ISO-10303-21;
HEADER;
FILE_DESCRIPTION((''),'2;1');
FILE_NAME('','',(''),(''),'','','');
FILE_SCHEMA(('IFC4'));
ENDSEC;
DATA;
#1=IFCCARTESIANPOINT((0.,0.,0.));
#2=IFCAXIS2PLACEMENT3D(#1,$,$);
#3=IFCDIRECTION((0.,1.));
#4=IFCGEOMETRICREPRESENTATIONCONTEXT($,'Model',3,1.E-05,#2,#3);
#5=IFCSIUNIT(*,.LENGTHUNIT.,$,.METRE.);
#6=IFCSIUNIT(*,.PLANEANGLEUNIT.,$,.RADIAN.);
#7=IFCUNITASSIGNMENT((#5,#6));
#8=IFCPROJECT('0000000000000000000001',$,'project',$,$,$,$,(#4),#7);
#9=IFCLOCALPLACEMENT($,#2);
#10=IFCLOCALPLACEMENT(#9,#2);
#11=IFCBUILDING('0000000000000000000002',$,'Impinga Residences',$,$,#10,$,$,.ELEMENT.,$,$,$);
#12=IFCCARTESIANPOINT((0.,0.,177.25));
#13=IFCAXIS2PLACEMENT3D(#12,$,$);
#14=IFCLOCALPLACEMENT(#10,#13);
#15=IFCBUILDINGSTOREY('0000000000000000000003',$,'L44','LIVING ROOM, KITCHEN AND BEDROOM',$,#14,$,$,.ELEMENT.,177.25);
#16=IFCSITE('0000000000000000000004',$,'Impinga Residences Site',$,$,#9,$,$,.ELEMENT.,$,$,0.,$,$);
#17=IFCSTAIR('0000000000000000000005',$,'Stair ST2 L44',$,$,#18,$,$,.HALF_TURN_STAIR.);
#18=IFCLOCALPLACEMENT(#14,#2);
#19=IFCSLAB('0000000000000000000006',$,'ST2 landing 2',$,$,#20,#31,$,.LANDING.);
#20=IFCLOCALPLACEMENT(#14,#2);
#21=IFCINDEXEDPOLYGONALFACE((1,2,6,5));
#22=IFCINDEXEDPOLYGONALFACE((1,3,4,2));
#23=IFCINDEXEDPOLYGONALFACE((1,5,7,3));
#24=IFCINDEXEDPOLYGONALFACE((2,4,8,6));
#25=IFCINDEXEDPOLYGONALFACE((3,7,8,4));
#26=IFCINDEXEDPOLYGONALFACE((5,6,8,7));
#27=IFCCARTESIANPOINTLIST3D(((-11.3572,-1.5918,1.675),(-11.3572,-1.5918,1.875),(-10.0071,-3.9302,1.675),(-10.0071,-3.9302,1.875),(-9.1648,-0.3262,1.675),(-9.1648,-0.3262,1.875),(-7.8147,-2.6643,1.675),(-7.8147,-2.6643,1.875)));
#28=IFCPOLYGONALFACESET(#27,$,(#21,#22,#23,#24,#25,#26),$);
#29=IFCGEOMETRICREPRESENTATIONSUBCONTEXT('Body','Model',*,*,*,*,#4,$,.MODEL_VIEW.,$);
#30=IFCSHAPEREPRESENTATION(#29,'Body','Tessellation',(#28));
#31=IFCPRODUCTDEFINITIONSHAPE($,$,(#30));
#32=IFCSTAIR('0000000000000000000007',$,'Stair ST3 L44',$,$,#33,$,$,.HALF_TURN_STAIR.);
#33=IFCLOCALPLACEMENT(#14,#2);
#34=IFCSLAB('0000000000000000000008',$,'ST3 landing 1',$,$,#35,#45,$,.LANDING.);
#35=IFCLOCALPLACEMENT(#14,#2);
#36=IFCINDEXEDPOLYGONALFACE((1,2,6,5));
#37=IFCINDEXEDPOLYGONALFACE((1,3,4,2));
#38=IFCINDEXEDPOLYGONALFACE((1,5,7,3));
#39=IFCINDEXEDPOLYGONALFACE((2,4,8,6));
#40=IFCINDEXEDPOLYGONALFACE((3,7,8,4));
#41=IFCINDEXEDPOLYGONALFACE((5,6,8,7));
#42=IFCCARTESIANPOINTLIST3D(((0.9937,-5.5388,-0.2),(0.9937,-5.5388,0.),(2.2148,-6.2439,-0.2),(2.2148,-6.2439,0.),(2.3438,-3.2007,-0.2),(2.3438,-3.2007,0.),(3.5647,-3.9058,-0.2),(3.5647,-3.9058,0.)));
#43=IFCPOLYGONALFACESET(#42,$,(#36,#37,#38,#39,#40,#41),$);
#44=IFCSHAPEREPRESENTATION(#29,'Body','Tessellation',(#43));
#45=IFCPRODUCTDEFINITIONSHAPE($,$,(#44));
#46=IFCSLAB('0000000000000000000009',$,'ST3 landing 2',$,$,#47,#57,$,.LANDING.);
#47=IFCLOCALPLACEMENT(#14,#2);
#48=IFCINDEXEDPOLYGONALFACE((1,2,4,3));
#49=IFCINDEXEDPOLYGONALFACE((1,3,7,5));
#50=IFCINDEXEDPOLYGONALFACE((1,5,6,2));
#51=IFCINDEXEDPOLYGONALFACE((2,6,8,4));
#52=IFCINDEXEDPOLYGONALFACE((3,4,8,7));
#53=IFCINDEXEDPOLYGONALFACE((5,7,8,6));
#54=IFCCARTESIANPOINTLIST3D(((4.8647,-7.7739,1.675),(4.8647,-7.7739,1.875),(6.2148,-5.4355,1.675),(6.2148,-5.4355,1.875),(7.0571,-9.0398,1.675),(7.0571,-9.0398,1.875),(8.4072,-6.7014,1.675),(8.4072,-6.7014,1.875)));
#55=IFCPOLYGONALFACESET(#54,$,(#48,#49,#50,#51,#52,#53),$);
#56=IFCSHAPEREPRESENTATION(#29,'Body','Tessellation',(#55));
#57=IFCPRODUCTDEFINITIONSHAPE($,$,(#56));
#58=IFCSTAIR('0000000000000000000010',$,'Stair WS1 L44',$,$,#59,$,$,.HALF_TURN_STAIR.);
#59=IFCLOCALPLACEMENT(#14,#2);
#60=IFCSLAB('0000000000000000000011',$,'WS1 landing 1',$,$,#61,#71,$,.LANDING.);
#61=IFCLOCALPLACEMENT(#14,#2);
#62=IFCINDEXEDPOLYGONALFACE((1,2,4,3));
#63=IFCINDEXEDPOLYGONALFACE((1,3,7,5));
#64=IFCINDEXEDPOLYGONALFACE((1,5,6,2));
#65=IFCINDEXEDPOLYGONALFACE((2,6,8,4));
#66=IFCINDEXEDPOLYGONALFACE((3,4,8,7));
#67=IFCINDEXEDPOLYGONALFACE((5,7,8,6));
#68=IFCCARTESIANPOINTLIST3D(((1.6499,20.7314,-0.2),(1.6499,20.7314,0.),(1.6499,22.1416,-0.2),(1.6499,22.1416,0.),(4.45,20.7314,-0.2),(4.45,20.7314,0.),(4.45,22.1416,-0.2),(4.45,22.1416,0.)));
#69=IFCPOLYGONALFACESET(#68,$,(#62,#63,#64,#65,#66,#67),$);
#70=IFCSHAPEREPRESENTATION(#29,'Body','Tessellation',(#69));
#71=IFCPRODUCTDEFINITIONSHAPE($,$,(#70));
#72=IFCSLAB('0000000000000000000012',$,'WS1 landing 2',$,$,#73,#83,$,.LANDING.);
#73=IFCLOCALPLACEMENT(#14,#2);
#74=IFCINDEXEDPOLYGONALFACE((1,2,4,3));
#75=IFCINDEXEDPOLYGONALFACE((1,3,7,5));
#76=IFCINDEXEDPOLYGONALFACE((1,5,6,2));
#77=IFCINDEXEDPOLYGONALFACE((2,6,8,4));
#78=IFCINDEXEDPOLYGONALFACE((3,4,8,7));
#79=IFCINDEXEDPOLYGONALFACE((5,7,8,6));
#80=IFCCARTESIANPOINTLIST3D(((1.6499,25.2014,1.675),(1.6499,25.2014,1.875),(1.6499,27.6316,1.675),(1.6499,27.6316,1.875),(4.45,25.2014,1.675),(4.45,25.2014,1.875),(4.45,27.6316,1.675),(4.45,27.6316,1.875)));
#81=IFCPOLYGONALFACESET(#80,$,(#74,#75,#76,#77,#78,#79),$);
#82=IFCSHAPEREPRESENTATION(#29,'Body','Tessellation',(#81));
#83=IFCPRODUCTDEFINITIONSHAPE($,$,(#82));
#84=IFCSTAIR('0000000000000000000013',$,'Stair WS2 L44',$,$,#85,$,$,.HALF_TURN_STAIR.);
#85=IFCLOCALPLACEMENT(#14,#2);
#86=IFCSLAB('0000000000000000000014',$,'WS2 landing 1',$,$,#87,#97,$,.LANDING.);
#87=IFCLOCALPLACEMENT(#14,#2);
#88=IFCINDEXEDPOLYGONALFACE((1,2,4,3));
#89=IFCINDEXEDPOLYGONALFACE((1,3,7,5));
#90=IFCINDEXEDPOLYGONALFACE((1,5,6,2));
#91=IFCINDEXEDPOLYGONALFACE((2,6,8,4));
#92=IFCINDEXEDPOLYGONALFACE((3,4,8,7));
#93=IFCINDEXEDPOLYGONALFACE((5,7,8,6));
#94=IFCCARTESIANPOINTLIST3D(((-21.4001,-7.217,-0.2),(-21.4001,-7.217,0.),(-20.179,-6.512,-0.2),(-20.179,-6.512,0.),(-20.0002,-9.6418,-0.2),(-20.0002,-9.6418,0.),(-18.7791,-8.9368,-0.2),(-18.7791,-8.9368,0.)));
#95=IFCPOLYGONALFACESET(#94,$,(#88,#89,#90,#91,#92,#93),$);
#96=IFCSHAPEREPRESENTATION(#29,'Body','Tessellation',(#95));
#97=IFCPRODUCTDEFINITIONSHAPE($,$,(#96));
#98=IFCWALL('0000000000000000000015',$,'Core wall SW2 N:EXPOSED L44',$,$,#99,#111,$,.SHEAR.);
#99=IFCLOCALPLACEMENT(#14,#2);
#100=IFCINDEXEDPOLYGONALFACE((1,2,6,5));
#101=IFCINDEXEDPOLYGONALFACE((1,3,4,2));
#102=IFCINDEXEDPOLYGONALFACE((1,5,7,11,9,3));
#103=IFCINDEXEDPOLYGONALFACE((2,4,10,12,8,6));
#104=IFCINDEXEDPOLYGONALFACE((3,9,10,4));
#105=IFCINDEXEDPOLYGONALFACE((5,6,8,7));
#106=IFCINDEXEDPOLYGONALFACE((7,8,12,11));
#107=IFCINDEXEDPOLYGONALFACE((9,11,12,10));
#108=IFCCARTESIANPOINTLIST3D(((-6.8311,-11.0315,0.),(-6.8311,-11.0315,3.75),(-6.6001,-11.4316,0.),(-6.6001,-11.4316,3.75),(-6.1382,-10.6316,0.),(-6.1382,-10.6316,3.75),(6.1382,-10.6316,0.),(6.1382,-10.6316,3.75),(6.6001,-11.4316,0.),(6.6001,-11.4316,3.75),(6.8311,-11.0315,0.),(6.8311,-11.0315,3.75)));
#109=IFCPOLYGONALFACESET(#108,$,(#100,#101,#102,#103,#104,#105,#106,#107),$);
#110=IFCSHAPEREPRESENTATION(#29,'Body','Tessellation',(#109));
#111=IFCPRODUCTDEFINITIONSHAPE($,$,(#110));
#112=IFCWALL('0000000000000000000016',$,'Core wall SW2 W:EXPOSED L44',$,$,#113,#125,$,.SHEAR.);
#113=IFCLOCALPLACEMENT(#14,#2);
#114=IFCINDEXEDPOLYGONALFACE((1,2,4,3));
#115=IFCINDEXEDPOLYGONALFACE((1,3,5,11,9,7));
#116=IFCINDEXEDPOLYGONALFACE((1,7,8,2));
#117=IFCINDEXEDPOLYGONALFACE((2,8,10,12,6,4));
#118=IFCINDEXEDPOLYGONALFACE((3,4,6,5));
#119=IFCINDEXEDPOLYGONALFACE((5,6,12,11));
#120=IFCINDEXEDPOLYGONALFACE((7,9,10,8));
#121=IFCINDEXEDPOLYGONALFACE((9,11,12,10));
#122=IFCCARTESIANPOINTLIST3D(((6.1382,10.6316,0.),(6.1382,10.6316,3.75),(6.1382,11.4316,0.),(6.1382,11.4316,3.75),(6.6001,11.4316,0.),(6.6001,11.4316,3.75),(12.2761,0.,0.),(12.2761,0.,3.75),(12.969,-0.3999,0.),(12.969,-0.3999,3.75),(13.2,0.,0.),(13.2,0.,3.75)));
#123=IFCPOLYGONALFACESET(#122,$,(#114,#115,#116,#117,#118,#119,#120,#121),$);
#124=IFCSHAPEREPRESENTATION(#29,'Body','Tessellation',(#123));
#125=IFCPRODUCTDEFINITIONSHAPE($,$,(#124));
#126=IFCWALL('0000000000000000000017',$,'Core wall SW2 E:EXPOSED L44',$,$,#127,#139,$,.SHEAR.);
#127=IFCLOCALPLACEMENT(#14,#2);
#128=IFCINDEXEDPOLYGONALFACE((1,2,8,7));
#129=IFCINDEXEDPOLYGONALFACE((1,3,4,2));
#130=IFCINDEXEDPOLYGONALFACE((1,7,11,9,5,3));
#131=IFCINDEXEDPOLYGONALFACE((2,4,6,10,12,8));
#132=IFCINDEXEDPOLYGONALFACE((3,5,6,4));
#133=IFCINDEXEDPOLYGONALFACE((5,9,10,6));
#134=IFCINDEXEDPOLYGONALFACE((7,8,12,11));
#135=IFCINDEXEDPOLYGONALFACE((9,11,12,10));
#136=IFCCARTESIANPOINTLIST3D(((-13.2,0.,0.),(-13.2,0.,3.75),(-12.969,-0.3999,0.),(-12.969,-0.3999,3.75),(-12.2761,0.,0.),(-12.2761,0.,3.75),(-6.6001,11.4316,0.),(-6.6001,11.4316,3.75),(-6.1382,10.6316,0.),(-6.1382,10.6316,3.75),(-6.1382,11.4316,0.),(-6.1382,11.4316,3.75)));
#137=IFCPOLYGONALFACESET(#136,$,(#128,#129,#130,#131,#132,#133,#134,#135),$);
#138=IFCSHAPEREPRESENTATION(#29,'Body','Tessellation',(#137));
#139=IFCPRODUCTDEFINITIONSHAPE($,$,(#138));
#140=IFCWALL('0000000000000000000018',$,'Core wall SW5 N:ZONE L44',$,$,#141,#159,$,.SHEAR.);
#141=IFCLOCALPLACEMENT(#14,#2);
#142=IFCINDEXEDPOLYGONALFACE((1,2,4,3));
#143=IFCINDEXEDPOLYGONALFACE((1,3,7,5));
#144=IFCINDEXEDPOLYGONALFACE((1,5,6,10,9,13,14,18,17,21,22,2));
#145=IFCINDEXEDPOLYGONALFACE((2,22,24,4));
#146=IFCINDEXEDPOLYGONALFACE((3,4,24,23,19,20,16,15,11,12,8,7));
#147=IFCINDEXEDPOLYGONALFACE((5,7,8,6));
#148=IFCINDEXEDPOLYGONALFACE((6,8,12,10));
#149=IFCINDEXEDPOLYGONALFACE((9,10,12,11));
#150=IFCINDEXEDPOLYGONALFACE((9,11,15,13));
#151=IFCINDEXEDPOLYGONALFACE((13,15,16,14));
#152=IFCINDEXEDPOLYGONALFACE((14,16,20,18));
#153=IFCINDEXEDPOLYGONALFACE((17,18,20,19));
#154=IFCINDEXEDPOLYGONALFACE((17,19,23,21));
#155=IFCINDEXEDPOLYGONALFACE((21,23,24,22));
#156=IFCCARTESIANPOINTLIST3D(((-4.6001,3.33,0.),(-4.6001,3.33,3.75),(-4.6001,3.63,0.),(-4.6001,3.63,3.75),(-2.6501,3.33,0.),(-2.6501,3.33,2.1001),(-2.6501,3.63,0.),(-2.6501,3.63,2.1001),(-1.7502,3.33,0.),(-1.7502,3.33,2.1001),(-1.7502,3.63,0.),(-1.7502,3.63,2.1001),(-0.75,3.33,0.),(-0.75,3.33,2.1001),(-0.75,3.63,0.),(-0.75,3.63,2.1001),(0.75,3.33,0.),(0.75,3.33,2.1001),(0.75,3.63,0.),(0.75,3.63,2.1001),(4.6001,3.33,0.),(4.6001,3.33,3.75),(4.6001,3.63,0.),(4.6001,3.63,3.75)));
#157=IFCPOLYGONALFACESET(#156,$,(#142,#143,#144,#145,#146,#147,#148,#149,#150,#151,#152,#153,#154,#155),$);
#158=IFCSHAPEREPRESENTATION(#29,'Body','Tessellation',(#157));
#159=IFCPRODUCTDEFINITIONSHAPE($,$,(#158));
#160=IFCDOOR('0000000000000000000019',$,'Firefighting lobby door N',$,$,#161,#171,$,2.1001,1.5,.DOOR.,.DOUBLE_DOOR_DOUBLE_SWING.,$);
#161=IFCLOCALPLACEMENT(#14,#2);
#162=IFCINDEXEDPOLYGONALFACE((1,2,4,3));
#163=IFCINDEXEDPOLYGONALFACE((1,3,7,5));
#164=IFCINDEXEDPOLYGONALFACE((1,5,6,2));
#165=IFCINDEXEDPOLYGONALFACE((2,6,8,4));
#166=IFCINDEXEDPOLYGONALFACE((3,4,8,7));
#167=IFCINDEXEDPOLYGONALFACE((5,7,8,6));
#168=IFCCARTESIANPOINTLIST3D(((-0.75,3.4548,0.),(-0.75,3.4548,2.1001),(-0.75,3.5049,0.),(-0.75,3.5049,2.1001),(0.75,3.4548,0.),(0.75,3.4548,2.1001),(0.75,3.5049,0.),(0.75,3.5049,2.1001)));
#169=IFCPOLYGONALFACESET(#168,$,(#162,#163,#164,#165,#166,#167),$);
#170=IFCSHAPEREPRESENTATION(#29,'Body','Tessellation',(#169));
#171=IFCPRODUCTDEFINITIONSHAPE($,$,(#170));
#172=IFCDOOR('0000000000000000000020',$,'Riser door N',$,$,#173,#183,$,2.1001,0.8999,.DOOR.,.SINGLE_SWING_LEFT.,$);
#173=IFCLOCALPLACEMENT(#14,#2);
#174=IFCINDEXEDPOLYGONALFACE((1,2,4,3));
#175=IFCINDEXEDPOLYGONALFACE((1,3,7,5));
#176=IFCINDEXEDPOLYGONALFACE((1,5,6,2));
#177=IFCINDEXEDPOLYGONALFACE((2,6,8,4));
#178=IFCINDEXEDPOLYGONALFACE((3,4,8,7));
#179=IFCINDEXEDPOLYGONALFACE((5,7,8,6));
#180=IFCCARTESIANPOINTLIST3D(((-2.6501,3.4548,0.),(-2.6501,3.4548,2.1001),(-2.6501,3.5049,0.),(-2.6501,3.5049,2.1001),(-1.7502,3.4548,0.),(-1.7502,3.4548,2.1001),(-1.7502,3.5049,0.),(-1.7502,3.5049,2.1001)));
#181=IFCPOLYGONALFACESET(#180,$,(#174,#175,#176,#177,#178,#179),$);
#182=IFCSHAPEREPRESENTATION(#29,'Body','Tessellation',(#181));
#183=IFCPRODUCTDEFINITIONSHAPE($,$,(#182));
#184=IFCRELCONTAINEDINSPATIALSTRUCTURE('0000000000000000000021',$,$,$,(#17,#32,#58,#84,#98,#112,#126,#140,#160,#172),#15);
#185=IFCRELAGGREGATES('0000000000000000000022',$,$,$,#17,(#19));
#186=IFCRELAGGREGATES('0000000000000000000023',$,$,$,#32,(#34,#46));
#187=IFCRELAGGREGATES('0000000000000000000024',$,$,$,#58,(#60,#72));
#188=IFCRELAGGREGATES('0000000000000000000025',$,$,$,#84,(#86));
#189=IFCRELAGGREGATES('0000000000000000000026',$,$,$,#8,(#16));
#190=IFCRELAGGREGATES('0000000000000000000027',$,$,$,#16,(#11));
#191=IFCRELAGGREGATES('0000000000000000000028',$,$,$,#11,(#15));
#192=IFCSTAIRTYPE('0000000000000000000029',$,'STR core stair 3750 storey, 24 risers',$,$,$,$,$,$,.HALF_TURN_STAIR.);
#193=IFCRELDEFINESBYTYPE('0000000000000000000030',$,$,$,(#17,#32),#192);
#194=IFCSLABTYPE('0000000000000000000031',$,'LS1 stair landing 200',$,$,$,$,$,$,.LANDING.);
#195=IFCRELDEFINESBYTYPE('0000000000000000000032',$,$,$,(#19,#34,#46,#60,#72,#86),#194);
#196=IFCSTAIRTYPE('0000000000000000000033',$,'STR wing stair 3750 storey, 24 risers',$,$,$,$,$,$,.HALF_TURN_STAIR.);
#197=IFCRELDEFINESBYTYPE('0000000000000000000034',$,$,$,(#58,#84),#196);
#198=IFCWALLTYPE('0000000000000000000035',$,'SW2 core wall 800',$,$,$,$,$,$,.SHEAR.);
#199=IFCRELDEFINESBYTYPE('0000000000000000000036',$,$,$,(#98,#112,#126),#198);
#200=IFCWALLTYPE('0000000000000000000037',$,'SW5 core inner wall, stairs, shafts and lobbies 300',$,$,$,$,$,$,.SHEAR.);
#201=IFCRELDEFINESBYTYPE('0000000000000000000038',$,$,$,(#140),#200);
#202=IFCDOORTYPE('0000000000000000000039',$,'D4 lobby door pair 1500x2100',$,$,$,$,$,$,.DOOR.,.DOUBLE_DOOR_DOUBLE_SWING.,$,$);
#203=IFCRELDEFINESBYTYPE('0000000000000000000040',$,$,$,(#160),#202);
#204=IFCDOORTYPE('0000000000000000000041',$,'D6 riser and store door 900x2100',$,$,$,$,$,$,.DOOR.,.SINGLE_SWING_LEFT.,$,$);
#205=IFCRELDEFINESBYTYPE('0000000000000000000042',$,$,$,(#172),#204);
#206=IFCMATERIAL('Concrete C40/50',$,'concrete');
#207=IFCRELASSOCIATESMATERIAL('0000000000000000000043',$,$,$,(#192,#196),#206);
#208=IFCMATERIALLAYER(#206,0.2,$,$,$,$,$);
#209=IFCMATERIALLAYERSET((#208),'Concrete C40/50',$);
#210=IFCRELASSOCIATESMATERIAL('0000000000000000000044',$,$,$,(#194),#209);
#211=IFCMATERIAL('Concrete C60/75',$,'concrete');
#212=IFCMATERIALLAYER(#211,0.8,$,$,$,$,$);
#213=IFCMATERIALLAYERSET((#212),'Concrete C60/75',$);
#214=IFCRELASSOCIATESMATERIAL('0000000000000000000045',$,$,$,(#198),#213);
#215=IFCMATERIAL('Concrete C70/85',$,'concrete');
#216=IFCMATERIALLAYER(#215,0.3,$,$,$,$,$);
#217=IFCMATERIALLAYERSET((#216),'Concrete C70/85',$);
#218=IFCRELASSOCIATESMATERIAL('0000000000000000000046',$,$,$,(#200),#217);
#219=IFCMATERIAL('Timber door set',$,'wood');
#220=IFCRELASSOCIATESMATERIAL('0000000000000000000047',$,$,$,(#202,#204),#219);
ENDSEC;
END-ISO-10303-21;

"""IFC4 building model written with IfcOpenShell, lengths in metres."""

from ifc_helpers import new_model, si_unit, direction, frame, frame_2d, origin, place, context, subcontext, project, spatial, polyline, rectangle, outline, extrude, material, layer, layer_set, type_object, element, fill, aggregate, save


model = new_model("IFC4")

# Units and contexts
model_context = context("Model", 3, precision=1e-05, world=origin(), true_north=direction((0.0, 1.0)))
body_context = subcontext(model_context, "Body", "Model", "MODEL_VIEW")
ifc_project = project(units=[si_unit("LENGTHUNIT", "METRE"), si_unit("PLANEANGLEUNIT", "RADIAN")], contexts=[model_context])

# Site, building, storey
site_placement = place(None, origin())
site = spatial("IfcSite", under=ifc_project, at=site_placement, Name="Impinga Residences Site", CompositionType="ELEMENT", RefElevation=0.0)
building_placement = place(site_placement, origin())
building = spatial("IfcBuilding", under=site, at=building_placement, Name="Impinga Residences", CompositionType="ELEMENT")
storey_placement = place(building_placement, frame((0.0, 0.0, 177.25)))
storey = spatial("IfcBuildingStorey", under=building, at=storey_placement, Name="L44", Description="LIVING ROOM, KITCHEN AND BEDROOM", CompositionType="ELEMENT", Elevation=177.25)

# Shared definitions
ifc_material_1 = material(Name="Concrete C60/75", Category="concrete")

# Stairs, slabs
ifc_material_2 = material(Name="Concrete C40/50", Category="concrete")
stair_type_1 = type_object("IfcStairType", Name="STR core stair 3750 storey, 24 risers", PredefinedType="HALF_TURN_STAIR", material=ifc_material_2)
ifc_layer_1 = layer(ifc_material_2, 0.2)
ifc_layer_set_1 = layer_set([ifc_layer_1], Name="Concrete C40/50")
slab_type_1 = type_object("IfcSlabType", Name="LS1 stair landing 200", PredefinedType="LANDING", material=ifc_layer_set_1)
stair_1_placement = place(storey_placement, origin())
stair_1 = element("IfcStair", 1, at=stair_1_placement, inside=storey, type_object=stair_type_1, Name="Stair ST2 L44", PredefinedType="HALF_TURN_STAIR")
slab_1_placement = place(storey_placement, frame((0.0, 0.0, 1.675)))
slab_1 = element("IfcSlab", 2, at=slab_1_placement, type_object=slab_type_1, Name="ST2 landing 2", PredefinedType="LANDING", context=body_context, shape_type="SweptSolid", body=[
    extrude(outline(polyline([(-7.8147, -2.6643), (-9.1648, -0.3262), (-11.3572, -1.5918), (-10.0071, -3.9302), (-7.8147, -2.6643)])), origin(), (0.0, 0.0, 1.0), 0.2),
])
aggregate(stair_1, [slab_1])
stair_2_placement = place(storey_placement, origin())
stair_2 = element("IfcStair", 3, at=stair_2_placement, inside=storey, type_object=stair_type_1, Name="Stair ST3 L44", PredefinedType="HALF_TURN_STAIR")
slab_2_placement = place(storey_placement, frame((0.0, 0.0, -0.2)))
slab_2 = element("IfcSlab", 4, at=slab_2_placement, type_object=slab_type_1, Name="ST3 landing 1", PredefinedType="LANDING", context=body_context, shape_type="SweptSolid", body=[
    extrude(outline(polyline([(2.3438, -3.2007), (0.9937, -5.5388), (2.2148, -6.2439), (3.5647, -3.9058), (2.3438, -3.2007)])), origin(), (0.0, 0.0, 1.0), 0.2),
])
slab_3_placement = place(storey_placement, frame((0.0, 0.0, 1.675)))
slab_3 = element("IfcSlab", 5, at=slab_3_placement, type_object=slab_type_1, Name="ST3 landing 2", PredefinedType="LANDING", context=body_context, shape_type="SweptSolid", body=[
    extrude(outline(polyline([(6.2148, -5.4355), (4.8647, -7.7739), (7.0571, -9.0398), (8.4072, -6.7014), (6.2148, -5.4355)])), origin(), (0.0, 0.0, 1.0), 0.2),
])
aggregate(stair_2, [slab_2, slab_3])
stair_type_2 = type_object("IfcStairType", Name="STR wing stair 3750 storey, 24 risers", PredefinedType="HALF_TURN_STAIR", material=ifc_material_2)
stair_3_placement = place(storey_placement, origin())
stair_3 = element("IfcStair", 6, at=stair_3_placement, inside=storey, type_object=stair_type_2, Name="Stair WS1 L44", PredefinedType="HALF_TURN_STAIR")
slab_4_placement = place(storey_placement, frame((0.0, 0.0, -0.2)))
slab_4 = element("IfcSlab", 7, at=slab_4_placement, type_object=slab_type_1, Name="WS1 landing 1", PredefinedType="LANDING", context=body_context, shape_type="SweptSolid", body=[
    extrude(outline(polyline([(1.6499, 20.7314), (4.45, 20.7314), (4.45, 22.1416), (1.6499, 22.1416), (1.6499, 20.7314)])), origin(), (0.0, 0.0, 1.0), 0.2),
])
slab_5_placement = place(storey_placement, frame((0.0, 0.0, 1.675)))
slab_5 = element("IfcSlab", 8, at=slab_5_placement, type_object=slab_type_1, Name="WS1 landing 2", PredefinedType="LANDING", context=body_context, shape_type="SweptSolid", body=[
    extrude(outline(polyline([(1.6499, 25.2014), (4.45, 25.2014), (4.45, 27.6316), (1.6499, 27.6316), (1.6499, 25.2014)])), origin(), (0.0, 0.0, 1.0), 0.2),
])
aggregate(stair_3, [slab_4, slab_5])

# Stair, slab
stair_4_placement = place(storey_placement, origin())
stair_4 = element("IfcStair", 9, at=stair_4_placement, inside=storey, type_object=stair_type_2, Name="Stair WS2 L44", PredefinedType="HALF_TURN_STAIR")
slab_6_placement = place(storey_placement, frame((0.0, 0.0, -0.2)))
slab_6 = element("IfcSlab", 10, at=slab_6_placement, type_object=slab_type_1, Name="WS2 landing 1", PredefinedType="LANDING", context=body_context, shape_type="SweptSolid", body=[
    extrude(outline(polyline([(-18.7791, -8.9368), (-20.179, -6.512), (-21.4001, -7.217), (-20.0002, -9.6418), (-18.7791, -8.9368)])), origin(), (0.0, 0.0, 1.0), 0.2),
])
aggregate(stair_4, [slab_6])

# Walls
ifc_layer_2 = layer(ifc_material_1, 0.8)
ifc_layer_set_2 = layer_set([ifc_layer_2], Name="Concrete C60/75")
wall_type_1 = type_object("IfcWallType", Name="SW2 core wall 800", PredefinedType="SHEAR", material=ifc_layer_set_2)
wall_1_placement = place(storey_placement, origin())
element("IfcWall", 11, at=wall_1_placement, inside=storey, type_object=wall_type_1, Name="Core wall SW2 N:EXPOSED L44", PredefinedType="SHEAR", context=body_context, shape_type="SweptSolid", body=[
    extrude(outline(polyline([(-6.6001, -11.4316), (6.6001, -11.4316), (6.8311, -11.0315), (6.1382, -10.6316), (-6.1382, -10.6316), (-6.8311, -11.0315), (-6.6001, -11.4316)])), origin(), (0.0, 0.0, 1.0), 3.75),
])
wall_2_placement = place(storey_placement, origin())
element("IfcWall", 12, at=wall_2_placement, inside=storey, type_object=wall_type_1, Name="Core wall SW2 W:EXPOSED L44", PredefinedType="SHEAR", context=body_context, shape_type="SweptSolid", body=[
    extrude(outline(polyline([(13.2, 0.0), (6.6001, 11.4316), (6.1382, 11.4316), (6.1382, 10.6316), (12.2761, 0.0), (12.969, -0.3999), (13.2, 0.0)])), origin(), (0.0, 0.0, 1.0), 3.75),
])
wall_3_placement = place(storey_placement, origin())
element("IfcWall", 13, at=wall_3_placement, inside=storey, type_object=wall_type_1, Name="Core wall SW2 E:EXPOSED L44", PredefinedType="SHEAR", context=body_context, shape_type="SweptSolid", body=[
    extrude(outline(polyline([(-6.6001, 11.4316), (-13.2, 0.0), (-12.969, -0.3999), (-12.2761, 0.0), (-6.1382, 10.6316), (-6.1382, 11.4316), (-6.6001, 11.4316)])), origin(), (0.0, 0.0, 1.0), 3.75),
])

# Wall, openings, doors
ifc_material_3 = material(Name="Concrete C70/85", Category="concrete")
ifc_layer_3 = layer(ifc_material_3, 0.3)
ifc_layer_set_3 = layer_set([ifc_layer_3], Name="Concrete C70/85")
wall_type_2 = type_object("IfcWallType", Name="SW5 core inner wall, stairs, shafts and lobbies 300", PredefinedType="SHEAR", material=ifc_layer_set_3)
wall_4_placement = place(storey_placement, frame((-4.6001, 3.48, 0.0), z_axis=(0.0, 0.0, 1.0), x_axis=(1.0, 0.0, 0.0)))
wall_4 = element("IfcWall", 14, at=wall_4_placement, inside=storey, type_object=wall_type_2, Name="Core wall SW5 N:ZONE L44", PredefinedType="SHEAR", context=body_context, shape_type="SweptSolid", body=[
    extrude(rectangle(XDim=9.2002, YDim=0.3, at=frame_2d((4.6001, 0.0))), origin(), (0.0, 0.0, 1.0), 3.75),
])
opening_1_placement = place(wall_4_placement, frame((3.8501, 0.0, 0.0)))
opening_1 = element("IfcOpeningElement", 15, at=opening_1_placement, cuts=wall_4, PredefinedType="OPENING", context=body_context, shape_type="SweptSolid", body=[
    extrude(rectangle(XDim=1.5, YDim=2.1001, at=frame_2d((0.75, 1.05))), frame((0.0, 0.1599, 0.0), z_axis=(0.0, -1.0, 0.0), x_axis=(1.0, 0.0, 0.0)), (0.0, 0.0, 1.0), 0.3201),
])
opening_2_placement = place(wall_4_placement, frame((1.95, 0.0, 0.0)))
opening_2 = element("IfcOpeningElement", 16, at=opening_2_placement, cuts=wall_4, PredefinedType="OPENING", context=body_context, shape_type="SweptSolid", body=[
    extrude(rectangle(XDim=0.8999, YDim=2.1001, at=frame_2d((0.45, 1.05))), frame((0.0, 0.1599, 0.0), z_axis=(0.0, -1.0, 0.0), x_axis=(1.0, 0.0, 0.0)), (0.0, 0.0, 1.0), 0.3201),
])
ifc_material_4 = material(Name="Timber door set", Category="wood")
door_type_1 = type_object("IfcDoorType", Name="D4 lobby door pair 1500x2100", OperationType="DOUBLE_DOOR_DOUBLE_SWING", PredefinedType="DOOR", material=ifc_material_4)
door_1_placement = place(opening_1_placement, origin())
door_1 = element("IfcDoor", 17, at=door_1_placement, inside=storey, type_object=door_type_1, Name="Firefighting lobby door N", OperationType="DOUBLE_DOOR_DOUBLE_SWING", OverallHeight=2.1001, OverallWidth=1.5, PredefinedType="DOOR", context=body_context, shape_type="SweptSolid", body=[
    extrude(rectangle(XDim=1.5, YDim=2.1001, at=frame_2d((0.75, 1.05))), frame((0.0, 0.0249, 0.0), z_axis=(0.0, -1.0, 0.0), x_axis=(1.0, 0.0, 0.0)), (0.0, 0.0, 1.0), 0.05),
])
fill(opening_1, door_1)
door_type_2 = type_object("IfcDoorType", Name="D6 riser and store door 900x2100", OperationType="SINGLE_SWING_LEFT", PredefinedType="DOOR", material=ifc_material_4)
door_2_placement = place(opening_2_placement, origin())
door_2 = element("IfcDoor", 18, at=door_2_placement, inside=storey, type_object=door_type_2, Name="Riser door N", OperationType="SINGLE_SWING_LEFT", OverallHeight=2.1001, OverallWidth=0.8999, PredefinedType="DOOR", context=body_context, shape_type="SweptSolid", body=[
    extrude(rectangle(XDim=0.8999, YDim=2.1001, at=frame_2d((0.45, 1.05))), frame((0.0, 0.0249, 0.0), z_axis=(0.0, -1.0, 0.0), x_axis=(1.0, 0.0, 0.0)), (0.0, 0.0, 1.0), 0.05),
])
fill(opening_2, door_2)

save(model, "model.ifc")
